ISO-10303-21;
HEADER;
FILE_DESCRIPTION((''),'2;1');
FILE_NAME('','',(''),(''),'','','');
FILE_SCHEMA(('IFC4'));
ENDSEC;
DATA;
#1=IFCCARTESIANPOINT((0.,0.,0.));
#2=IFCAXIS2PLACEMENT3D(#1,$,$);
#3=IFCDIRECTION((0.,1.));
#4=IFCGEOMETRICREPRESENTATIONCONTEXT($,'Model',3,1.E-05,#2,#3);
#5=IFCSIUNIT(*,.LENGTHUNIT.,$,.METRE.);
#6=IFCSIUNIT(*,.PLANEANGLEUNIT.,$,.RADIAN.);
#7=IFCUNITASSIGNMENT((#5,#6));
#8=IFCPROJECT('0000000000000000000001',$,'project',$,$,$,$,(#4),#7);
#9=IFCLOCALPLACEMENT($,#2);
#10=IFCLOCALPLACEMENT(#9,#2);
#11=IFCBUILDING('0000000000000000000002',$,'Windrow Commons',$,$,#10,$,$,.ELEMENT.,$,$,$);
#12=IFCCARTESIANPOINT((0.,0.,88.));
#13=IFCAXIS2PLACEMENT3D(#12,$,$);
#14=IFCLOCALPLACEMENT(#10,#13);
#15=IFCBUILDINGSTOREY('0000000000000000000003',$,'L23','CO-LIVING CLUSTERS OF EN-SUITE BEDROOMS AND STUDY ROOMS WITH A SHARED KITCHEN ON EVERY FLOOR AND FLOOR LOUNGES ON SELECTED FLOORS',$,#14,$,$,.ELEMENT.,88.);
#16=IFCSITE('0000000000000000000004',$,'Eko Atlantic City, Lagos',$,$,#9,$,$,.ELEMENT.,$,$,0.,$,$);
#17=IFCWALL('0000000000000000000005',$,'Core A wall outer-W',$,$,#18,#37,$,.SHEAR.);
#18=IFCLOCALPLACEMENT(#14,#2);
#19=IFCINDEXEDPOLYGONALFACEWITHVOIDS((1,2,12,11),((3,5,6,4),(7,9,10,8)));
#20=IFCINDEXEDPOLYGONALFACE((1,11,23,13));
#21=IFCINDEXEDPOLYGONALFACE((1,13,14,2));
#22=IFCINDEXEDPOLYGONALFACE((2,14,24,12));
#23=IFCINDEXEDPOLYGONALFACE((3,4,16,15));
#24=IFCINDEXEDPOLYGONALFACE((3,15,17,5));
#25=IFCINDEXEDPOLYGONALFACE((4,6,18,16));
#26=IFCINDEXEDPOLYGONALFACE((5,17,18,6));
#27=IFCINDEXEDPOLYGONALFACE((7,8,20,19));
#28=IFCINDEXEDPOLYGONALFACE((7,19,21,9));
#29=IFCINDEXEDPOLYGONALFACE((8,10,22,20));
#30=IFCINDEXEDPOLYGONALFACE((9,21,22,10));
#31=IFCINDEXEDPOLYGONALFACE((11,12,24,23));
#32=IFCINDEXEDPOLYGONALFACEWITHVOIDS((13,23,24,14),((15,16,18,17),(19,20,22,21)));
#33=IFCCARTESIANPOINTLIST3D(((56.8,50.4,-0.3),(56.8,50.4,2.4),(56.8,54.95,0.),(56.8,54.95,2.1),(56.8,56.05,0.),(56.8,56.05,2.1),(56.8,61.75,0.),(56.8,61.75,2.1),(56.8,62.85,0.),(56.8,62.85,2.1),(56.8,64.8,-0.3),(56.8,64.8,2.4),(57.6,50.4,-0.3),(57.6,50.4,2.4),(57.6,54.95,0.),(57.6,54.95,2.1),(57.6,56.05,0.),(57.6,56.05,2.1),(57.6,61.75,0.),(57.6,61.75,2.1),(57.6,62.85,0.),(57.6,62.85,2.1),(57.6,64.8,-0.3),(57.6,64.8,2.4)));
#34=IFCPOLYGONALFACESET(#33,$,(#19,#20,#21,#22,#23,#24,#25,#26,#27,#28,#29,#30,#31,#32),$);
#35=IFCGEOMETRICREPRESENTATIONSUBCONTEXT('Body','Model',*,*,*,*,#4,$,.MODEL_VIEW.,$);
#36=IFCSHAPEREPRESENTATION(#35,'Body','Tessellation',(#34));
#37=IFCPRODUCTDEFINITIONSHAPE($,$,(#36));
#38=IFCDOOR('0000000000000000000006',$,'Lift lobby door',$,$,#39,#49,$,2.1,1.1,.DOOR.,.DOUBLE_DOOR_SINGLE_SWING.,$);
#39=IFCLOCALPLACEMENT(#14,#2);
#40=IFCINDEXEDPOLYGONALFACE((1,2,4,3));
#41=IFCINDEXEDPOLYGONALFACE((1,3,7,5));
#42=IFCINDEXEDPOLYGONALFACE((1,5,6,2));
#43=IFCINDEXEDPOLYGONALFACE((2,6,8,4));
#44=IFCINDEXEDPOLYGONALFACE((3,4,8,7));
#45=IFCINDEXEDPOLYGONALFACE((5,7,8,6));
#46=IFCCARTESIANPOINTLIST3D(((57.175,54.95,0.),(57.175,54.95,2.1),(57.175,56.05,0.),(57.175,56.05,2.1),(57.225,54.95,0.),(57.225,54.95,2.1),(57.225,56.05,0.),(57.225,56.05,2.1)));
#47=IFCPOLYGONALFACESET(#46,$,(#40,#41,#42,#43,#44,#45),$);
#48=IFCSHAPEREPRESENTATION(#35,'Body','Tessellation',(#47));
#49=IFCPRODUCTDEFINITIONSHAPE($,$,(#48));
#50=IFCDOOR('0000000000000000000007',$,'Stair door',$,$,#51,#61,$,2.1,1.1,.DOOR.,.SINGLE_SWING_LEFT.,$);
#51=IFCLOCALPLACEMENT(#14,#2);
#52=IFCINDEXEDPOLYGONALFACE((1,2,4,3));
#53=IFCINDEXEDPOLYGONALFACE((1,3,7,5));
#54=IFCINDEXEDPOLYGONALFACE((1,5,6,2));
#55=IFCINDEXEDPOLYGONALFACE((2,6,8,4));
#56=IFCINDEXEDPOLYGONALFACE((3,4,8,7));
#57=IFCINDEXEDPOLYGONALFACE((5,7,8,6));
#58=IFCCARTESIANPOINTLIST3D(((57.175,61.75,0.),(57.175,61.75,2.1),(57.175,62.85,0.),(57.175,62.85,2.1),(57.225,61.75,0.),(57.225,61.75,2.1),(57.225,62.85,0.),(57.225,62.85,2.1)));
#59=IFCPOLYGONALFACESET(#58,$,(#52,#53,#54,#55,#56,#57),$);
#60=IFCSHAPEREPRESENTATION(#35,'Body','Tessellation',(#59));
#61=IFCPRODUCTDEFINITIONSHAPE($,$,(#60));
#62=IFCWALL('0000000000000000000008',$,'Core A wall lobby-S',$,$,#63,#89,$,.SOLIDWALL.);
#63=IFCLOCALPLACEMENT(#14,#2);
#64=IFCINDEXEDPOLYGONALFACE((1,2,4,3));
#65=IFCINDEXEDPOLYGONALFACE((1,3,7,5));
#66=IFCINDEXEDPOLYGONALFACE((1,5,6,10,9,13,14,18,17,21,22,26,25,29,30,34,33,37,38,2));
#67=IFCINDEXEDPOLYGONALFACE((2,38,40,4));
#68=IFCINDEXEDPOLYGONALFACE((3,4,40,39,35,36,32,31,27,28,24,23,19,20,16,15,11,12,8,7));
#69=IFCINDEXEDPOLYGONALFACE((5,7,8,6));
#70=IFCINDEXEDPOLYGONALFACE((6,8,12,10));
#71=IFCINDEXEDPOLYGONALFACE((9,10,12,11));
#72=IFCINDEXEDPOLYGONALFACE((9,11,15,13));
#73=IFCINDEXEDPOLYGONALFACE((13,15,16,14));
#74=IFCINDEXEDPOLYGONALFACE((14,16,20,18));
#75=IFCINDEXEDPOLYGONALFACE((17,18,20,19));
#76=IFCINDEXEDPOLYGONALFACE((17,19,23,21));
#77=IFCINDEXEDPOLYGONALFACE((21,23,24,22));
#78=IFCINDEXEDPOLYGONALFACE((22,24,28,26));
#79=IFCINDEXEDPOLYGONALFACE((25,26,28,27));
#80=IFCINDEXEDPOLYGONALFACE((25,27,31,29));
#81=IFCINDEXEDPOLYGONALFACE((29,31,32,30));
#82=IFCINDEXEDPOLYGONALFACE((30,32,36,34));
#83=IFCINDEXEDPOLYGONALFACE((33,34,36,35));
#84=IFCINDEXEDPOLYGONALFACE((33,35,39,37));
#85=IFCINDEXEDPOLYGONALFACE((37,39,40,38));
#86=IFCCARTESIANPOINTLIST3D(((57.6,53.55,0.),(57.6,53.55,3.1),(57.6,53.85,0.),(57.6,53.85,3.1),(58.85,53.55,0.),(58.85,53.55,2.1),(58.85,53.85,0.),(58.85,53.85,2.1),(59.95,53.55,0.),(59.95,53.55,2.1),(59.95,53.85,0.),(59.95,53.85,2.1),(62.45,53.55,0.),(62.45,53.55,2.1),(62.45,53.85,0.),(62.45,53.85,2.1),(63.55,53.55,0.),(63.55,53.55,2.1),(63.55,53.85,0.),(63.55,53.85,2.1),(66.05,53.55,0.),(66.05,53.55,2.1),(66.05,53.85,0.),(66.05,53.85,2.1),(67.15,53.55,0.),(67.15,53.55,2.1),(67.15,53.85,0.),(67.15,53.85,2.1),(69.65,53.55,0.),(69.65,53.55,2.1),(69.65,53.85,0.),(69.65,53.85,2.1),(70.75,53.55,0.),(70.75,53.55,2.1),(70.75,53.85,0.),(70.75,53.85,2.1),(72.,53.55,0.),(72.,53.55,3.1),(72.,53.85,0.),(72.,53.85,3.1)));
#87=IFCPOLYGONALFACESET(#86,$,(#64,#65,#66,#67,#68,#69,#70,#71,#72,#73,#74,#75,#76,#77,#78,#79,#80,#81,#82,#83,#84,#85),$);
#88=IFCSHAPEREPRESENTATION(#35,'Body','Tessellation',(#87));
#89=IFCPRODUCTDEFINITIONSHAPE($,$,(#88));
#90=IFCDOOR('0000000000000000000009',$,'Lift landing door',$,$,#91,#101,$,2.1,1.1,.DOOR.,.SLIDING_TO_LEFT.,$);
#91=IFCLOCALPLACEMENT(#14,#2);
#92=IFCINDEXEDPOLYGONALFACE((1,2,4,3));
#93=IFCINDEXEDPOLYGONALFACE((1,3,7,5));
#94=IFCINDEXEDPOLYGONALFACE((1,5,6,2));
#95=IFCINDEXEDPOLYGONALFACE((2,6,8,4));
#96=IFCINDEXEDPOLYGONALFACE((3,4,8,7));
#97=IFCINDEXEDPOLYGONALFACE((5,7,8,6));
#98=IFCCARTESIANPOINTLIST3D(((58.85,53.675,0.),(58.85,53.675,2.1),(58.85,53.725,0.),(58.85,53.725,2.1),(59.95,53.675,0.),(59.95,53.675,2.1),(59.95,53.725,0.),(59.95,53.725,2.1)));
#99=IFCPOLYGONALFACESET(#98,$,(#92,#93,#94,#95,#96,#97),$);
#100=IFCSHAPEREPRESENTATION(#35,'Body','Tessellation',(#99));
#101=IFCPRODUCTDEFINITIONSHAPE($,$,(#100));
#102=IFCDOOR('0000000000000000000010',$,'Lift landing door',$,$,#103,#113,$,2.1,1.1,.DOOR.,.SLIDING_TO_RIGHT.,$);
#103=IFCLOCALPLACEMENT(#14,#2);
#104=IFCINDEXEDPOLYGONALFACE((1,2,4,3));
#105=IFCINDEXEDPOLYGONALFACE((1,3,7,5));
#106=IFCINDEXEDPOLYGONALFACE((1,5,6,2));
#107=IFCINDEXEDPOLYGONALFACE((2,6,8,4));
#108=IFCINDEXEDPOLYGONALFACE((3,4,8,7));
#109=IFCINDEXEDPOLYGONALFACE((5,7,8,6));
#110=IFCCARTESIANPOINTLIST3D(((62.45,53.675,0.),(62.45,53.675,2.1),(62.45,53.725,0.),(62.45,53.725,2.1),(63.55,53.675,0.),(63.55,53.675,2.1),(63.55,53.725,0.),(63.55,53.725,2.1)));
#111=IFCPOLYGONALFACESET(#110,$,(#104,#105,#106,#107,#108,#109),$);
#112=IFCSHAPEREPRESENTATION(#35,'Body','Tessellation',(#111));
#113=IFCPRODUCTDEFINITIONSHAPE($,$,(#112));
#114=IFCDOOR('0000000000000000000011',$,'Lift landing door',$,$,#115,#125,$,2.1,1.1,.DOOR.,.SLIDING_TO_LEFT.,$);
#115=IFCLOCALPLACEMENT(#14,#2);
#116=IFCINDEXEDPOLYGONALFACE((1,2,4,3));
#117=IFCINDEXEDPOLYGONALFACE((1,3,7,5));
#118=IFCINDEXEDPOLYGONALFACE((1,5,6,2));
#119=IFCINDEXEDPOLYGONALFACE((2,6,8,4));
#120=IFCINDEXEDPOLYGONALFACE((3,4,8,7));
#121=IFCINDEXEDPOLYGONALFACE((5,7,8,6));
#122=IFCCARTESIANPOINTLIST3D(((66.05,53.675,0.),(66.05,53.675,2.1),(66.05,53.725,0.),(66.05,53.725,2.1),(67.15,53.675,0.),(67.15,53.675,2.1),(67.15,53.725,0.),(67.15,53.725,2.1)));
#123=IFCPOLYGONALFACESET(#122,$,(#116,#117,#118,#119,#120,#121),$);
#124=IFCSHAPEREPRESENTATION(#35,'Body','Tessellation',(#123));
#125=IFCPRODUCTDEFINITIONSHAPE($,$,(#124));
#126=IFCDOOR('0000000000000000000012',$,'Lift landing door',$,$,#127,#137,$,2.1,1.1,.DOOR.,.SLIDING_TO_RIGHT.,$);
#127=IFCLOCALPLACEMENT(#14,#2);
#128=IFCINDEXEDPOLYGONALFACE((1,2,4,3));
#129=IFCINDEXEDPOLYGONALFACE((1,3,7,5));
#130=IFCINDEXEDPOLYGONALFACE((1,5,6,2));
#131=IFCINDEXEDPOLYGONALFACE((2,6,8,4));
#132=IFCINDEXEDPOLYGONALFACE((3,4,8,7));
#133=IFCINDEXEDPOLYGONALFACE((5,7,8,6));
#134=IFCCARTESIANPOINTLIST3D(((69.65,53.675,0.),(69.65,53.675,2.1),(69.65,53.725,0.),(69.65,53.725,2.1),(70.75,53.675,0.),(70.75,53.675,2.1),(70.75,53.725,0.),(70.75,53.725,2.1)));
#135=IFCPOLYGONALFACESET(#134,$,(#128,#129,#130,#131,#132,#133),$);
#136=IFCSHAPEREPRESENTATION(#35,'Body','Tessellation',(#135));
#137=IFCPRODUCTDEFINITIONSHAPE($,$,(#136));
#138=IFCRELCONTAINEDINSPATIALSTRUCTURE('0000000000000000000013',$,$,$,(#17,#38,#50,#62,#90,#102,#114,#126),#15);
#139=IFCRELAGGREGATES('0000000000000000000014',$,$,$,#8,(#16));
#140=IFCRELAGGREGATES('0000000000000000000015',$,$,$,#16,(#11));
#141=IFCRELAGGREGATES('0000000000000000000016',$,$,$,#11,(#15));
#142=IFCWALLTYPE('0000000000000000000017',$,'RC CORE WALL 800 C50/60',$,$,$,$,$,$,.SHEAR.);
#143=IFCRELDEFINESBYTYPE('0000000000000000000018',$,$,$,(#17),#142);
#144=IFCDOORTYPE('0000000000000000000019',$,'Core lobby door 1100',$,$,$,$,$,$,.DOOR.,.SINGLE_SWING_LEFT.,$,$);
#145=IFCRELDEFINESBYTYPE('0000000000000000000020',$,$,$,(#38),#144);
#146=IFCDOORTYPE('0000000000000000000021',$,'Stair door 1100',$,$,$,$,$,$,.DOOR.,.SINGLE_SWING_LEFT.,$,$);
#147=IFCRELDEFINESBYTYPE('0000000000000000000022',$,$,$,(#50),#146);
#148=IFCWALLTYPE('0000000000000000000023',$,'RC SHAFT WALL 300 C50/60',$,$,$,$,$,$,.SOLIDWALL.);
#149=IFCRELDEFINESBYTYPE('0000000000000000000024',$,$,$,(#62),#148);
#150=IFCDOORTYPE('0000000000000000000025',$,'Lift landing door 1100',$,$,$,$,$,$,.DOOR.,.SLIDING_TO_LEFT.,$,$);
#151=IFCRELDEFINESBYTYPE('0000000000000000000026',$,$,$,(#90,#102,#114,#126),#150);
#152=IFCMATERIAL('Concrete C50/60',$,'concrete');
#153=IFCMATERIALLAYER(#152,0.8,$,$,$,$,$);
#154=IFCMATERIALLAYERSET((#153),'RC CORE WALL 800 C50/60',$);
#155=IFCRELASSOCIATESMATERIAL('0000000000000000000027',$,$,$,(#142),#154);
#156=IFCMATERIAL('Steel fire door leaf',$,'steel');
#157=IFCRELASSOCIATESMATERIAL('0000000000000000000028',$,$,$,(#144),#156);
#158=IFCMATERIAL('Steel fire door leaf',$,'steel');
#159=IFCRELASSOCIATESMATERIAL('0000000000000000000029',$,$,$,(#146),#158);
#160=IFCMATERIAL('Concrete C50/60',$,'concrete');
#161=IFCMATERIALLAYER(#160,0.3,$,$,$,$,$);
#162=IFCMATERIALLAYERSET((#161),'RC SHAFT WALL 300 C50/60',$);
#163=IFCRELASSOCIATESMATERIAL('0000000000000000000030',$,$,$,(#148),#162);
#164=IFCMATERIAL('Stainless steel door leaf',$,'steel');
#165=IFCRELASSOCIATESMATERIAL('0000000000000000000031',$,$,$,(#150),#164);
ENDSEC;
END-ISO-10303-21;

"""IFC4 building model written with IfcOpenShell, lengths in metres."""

from ifc_helpers import new_model, si_unit, direction, frame, frame_2d, origin, place, context, subcontext, project, spatial, rectangle, extrude, material, layer, layer_set, type_object, element, fill, save


model = new_model("IFC4")

# Units and contexts
model_context = context("Model", 3, precision=1e-05, world=origin(), true_north=direction((0.0, 1.0)))
body_context = subcontext(model_context, "Body", "Model", "MODEL_VIEW")
ifc_project = project(units=[si_unit("LENGTHUNIT", "METRE"), si_unit("PLANEANGLEUNIT", "RADIAN")], contexts=[model_context])

# Site, building, storey
site_placement = place(None, origin())
site = spatial("IfcSite", under=ifc_project, at=site_placement, Name="Eko Atlantic City, Lagos", CompositionType="ELEMENT", RefElevation=0.0)
building_placement = place(site_placement, origin())
building = spatial("IfcBuilding", under=site, at=building_placement, Name="Windrow Commons", CompositionType="ELEMENT")
storey_placement = place(building_placement, frame((0.0, 0.0, 88.0)))
storey = spatial("IfcBuildingStorey", under=building, at=storey_placement, Name="L23", Description="CO-LIVING CLUSTERS OF EN-SUITE BEDROOMS AND STUDY ROOMS WITH A SHARED KITCHEN ON EVERY FLOOR AND FLOOR LOUNGES ON SELECTED FLOORS", CompositionType="ELEMENT", Elevation=88.0)

# Shared definitions
ifc_material_1 = material(Name="Concrete C50/60", Category="concrete")
ifc_layer_1 = layer(ifc_material_1, 0.8)
ifc_layer_set_1 = layer_set([ifc_layer_1], Name="RC CORE WALL 800 C50/60")
wall_type_1 = type_object("IfcWallType", Name="RC CORE WALL 800 C50/60", PredefinedType="SHEAR", material=ifc_layer_set_1)

# Walls, openings, doors
wall_1_placement = place(storey_placement, frame((57.2, 50.4, -0.3), z_axis=(0.0, 0.0, 1.0), x_axis=(0.0, 1.0, 0.0)))
wall_1 = element("IfcWall", 1, at=wall_1_placement, inside=storey, type_object=wall_type_1, Name="Core A wall outer-W", PredefinedType="SHEAR", context=body_context, shape_type="SweptSolid", body=[
    extrude(rectangle(XDim=14.4, YDim=0.8, at=frame_2d((7.2, 0.0))), origin(), (0.0, 0.0, 1.0), 2.7),
])
opening_1_placement = place(wall_1_placement, frame((4.55, 0.0, 0.3)))
opening_1 = element("IfcOpeningElement", 2, at=opening_1_placement, cuts=wall_1, PredefinedType="OPENING", context=body_context, shape_type="SweptSolid", body=[
    extrude(rectangle(XDim=1.1, YDim=2.1, at=frame_2d((0.55, 1.05))), frame((0.0, 0.41, 0.0), z_axis=(0.0, -1.0, 0.0), x_axis=(1.0, 0.0, 0.0)), (0.0, 0.0, 1.0), 0.82),
])
opening_2_placement = place(wall_1_placement, frame((11.35, 0.0, 0.3)))
opening_2 = element("IfcOpeningElement", 3, at=opening_2_placement, cuts=wall_1, PredefinedType="OPENING", context=body_context, shape_type="SweptSolid", body=[
    extrude(rectangle(XDim=1.1, YDim=2.1, at=frame_2d((0.55, 1.05))), frame((0.0, 0.41, 0.0), z_axis=(0.0, -1.0, 0.0), x_axis=(1.0, 0.0, 0.0)), (0.0, 0.0, 1.0), 0.82),
])
ifc_material_2 = material(Name="Steel fire door leaf", Category="steel")
door_type_1 = type_object("IfcDoorType", Name="Core lobby door 1100", OperationType="SINGLE_SWING_LEFT", PredefinedType="DOOR", material=ifc_material_2)
door_1_placement = place(opening_1_placement, origin())
door_1 = element("IfcDoor", 4, at=door_1_placement, inside=storey, type_object=door_type_1, Name="Lift lobby door", OperationType="DOUBLE_DOOR_SINGLE_SWING", OverallHeight=2.1, OverallWidth=1.1, PredefinedType="DOOR", context=body_context, shape_type="SweptSolid", body=[
    extrude(rectangle(XDim=1.1, YDim=2.1, at=frame_2d((0.55, 1.05))), frame((0.0, 0.025, 0.0), z_axis=(0.0, -1.0, 0.0), x_axis=(1.0, 0.0, 0.0)), (0.0, 0.0, 1.0), 0.05),
])
fill(opening_1, door_1)
ifc_material_3 = material(Name="Steel fire door leaf", Category="steel")
door_type_2 = type_object("IfcDoorType", Name="Stair door 1100", OperationType="SINGLE_SWING_LEFT", PredefinedType="DOOR", material=ifc_material_3)
door_2_placement = place(opening_2_placement, origin())
door_2 = element("IfcDoor", 5, at=door_2_placement, inside=storey, type_object=door_type_2, Name="Stair door", OperationType="SINGLE_SWING_LEFT", OverallHeight=2.1, OverallWidth=1.1, PredefinedType="DOOR", context=body_context, shape_type="SweptSolid", body=[
    extrude(rectangle(XDim=1.1, YDim=2.1, at=frame_2d((0.55, 1.05))), frame((0.0, 0.025, 0.0), z_axis=(0.0, -1.0, 0.0), x_axis=(1.0, 0.0, 0.0)), (0.0, 0.0, 1.0), 0.05),
])
fill(opening_2, door_2)
ifc_material_4 = material(Name="Concrete C50/60", Category="concrete")
ifc_layer_2 = layer(ifc_material_4, 0.3)
ifc_layer_set_2 = layer_set([ifc_layer_2], Name="RC SHAFT WALL 300 C50/60")
wall_type_2 = type_object("IfcWallType", Name="RC SHAFT WALL 300 C50/60", PredefinedType="SOLIDWALL", material=ifc_layer_set_2)
wall_2_placement = place(storey_placement, frame((57.6, 53.7, 0.0), z_axis=(0.0, 0.0, 1.0), x_axis=(1.0, 0.0, 0.0)))
wall_2 = element("IfcWall", 6, at=wall_2_placement, inside=storey, type_object=wall_type_2, Name="Core A wall lobby-S", PredefinedType="SOLIDWALL", context=body_context, shape_type="SweptSolid", body=[
    extrude(rectangle(XDim=14.4, YDim=0.3, at=frame_2d((7.2, 0.0))), origin(), (0.0, 0.0, 1.0), 3.1),
])
opening_3_placement = place(wall_2_placement, frame((1.25, 0.0, 0.0)))
opening_3 = element("IfcOpeningElement", 7, at=opening_3_placement, cuts=wall_2, PredefinedType="OPENING", context=body_context, shape_type="SweptSolid", body=[
    extrude(rectangle(XDim=1.1, YDim=2.1, at=frame_2d((0.55, 1.05))), frame((0.0, 0.16, 0.0), z_axis=(0.0, -1.0, 0.0), x_axis=(1.0, 0.0, 0.0)), (0.0, 0.0, 1.0), 0.32),
])
opening_4_placement = place(wall_2_placement, frame((4.85, 0.0, 0.0)))
opening_4 = element("IfcOpeningElement", 8, at=opening_4_placement, cuts=wall_2, PredefinedType="OPENING", context=body_context, shape_type="SweptSolid", body=[
    extrude(rectangle(XDim=1.1, YDim=2.1, at=frame_2d((0.55, 1.05))), frame((0.0, 0.16, 0.0), z_axis=(0.0, -1.0, 0.0), x_axis=(1.0, 0.0, 0.0)), (0.0, 0.0, 1.0), 0.32),
])
opening_5_placement = place(wall_2_placement, frame((8.45, 0.0, 0.0)))
opening_5 = element("IfcOpeningElement", 9, at=opening_5_placement, cuts=wall_2, PredefinedType="OPENING", context=body_context, shape_type="SweptSolid", body=[
    extrude(rectangle(XDim=1.1, YDim=2.1, at=frame_2d((0.55, 1.05))), frame((0.0, 0.16, 0.0), z_axis=(0.0, -1.0, 0.0), x_axis=(1.0, 0.0, 0.0)), (0.0, 0.0, 1.0), 0.32),
])
opening_6_placement = place(wall_2_placement, frame((12.05, 0.0, 0.0)))
opening_6 = element("IfcOpeningElement", 10, at=opening_6_placement, cuts=wall_2, PredefinedType="OPENING", context=body_context, shape_type="SweptSolid", body=[
    extrude(rectangle(XDim=1.1, YDim=2.1, at=frame_2d((0.55, 1.05))), frame((0.0, 0.16, 0.0), z_axis=(0.0, -1.0, 0.0), x_axis=(1.0, 0.0, 0.0)), (0.0, 0.0, 1.0), 0.32),
])
ifc_material_5 = material(Name="Stainless steel door leaf", Category="steel")
door_type_3 = type_object("IfcDoorType", Name="Lift landing door 1100", OperationType="SLIDING_TO_LEFT", PredefinedType="DOOR", material=ifc_material_5)
door_3_placement = place(opening_3_placement, origin())
door_3 = element("IfcDoor", 11, at=door_3_placement, inside=storey, type_object=door_type_3, Name="Lift landing door", OperationType="SLIDING_TO_LEFT", OverallHeight=2.1, OverallWidth=1.1, PredefinedType="DOOR", context=body_context, shape_type="SweptSolid", body=[
    extrude(rectangle(XDim=1.1, YDim=2.1, at=frame_2d((0.55, 1.05))), frame((0.0, 0.025, 0.0), z_axis=(0.0, -1.0, 0.0), x_axis=(1.0, 0.0, 0.0)), (0.0, 0.0, 1.0), 0.05),
])
fill(opening_3, door_3)
door_4_placement = place(opening_4_placement, origin())
door_4 = element("IfcDoor", 12, at=door_4_placement, inside=storey, type_object=door_type_3, Name="Lift landing door", OperationType="SLIDING_TO_RIGHT", OverallHeight=2.1, OverallWidth=1.1, PredefinedType="DOOR", context=body_context, shape_type="SweptSolid", body=[
    extrude(rectangle(XDim=1.1, YDim=2.1, at=frame_2d((0.55, 1.05))), frame((0.0, 0.025, 0.0), z_axis=(0.0, -1.0, 0.0), x_axis=(1.0, 0.0, 0.0)), (0.0, 0.0, 1.0), 0.05),
])
fill(opening_4, door_4)
door_5_placement = place(opening_5_placement, origin())
door_5 = element("IfcDoor", 13, at=door_5_placement, inside=storey, type_object=door_type_3, Name="Lift landing door", OperationType="SLIDING_TO_LEFT", OverallHeight=2.1, OverallWidth=1.1, PredefinedType="DOOR", context=body_context, shape_type="SweptSolid", body=[
    extrude(rectangle(XDim=1.1, YDim=2.1, at=frame_2d((0.55, 1.05))), frame((0.0, 0.025, 0.0), z_axis=(0.0, -1.0, 0.0), x_axis=(1.0, 0.0, 0.0)), (0.0, 0.0, 1.0), 0.05),
])
fill(opening_5, door_5)
door_6_placement = place(opening_6_placement, origin())
door_6 = element("IfcDoor", 14, at=door_6_placement, inside=storey, type_object=door_type_3, Name="Lift landing door", OperationType="SLIDING_TO_RIGHT", OverallHeight=2.1, OverallWidth=1.1, PredefinedType="DOOR", context=body_context, shape_type="SweptSolid", body=[
    extrude(rectangle(XDim=1.1, YDim=2.1, at=frame_2d((0.55, 1.05))), frame((0.0, 0.025, 0.0), z_axis=(0.0, -1.0, 0.0), x_axis=(1.0, 0.0, 0.0)), (0.0, 0.0, 1.0), 0.05),
])
fill(opening_6, door_6)

save(model, "model.ifc")
